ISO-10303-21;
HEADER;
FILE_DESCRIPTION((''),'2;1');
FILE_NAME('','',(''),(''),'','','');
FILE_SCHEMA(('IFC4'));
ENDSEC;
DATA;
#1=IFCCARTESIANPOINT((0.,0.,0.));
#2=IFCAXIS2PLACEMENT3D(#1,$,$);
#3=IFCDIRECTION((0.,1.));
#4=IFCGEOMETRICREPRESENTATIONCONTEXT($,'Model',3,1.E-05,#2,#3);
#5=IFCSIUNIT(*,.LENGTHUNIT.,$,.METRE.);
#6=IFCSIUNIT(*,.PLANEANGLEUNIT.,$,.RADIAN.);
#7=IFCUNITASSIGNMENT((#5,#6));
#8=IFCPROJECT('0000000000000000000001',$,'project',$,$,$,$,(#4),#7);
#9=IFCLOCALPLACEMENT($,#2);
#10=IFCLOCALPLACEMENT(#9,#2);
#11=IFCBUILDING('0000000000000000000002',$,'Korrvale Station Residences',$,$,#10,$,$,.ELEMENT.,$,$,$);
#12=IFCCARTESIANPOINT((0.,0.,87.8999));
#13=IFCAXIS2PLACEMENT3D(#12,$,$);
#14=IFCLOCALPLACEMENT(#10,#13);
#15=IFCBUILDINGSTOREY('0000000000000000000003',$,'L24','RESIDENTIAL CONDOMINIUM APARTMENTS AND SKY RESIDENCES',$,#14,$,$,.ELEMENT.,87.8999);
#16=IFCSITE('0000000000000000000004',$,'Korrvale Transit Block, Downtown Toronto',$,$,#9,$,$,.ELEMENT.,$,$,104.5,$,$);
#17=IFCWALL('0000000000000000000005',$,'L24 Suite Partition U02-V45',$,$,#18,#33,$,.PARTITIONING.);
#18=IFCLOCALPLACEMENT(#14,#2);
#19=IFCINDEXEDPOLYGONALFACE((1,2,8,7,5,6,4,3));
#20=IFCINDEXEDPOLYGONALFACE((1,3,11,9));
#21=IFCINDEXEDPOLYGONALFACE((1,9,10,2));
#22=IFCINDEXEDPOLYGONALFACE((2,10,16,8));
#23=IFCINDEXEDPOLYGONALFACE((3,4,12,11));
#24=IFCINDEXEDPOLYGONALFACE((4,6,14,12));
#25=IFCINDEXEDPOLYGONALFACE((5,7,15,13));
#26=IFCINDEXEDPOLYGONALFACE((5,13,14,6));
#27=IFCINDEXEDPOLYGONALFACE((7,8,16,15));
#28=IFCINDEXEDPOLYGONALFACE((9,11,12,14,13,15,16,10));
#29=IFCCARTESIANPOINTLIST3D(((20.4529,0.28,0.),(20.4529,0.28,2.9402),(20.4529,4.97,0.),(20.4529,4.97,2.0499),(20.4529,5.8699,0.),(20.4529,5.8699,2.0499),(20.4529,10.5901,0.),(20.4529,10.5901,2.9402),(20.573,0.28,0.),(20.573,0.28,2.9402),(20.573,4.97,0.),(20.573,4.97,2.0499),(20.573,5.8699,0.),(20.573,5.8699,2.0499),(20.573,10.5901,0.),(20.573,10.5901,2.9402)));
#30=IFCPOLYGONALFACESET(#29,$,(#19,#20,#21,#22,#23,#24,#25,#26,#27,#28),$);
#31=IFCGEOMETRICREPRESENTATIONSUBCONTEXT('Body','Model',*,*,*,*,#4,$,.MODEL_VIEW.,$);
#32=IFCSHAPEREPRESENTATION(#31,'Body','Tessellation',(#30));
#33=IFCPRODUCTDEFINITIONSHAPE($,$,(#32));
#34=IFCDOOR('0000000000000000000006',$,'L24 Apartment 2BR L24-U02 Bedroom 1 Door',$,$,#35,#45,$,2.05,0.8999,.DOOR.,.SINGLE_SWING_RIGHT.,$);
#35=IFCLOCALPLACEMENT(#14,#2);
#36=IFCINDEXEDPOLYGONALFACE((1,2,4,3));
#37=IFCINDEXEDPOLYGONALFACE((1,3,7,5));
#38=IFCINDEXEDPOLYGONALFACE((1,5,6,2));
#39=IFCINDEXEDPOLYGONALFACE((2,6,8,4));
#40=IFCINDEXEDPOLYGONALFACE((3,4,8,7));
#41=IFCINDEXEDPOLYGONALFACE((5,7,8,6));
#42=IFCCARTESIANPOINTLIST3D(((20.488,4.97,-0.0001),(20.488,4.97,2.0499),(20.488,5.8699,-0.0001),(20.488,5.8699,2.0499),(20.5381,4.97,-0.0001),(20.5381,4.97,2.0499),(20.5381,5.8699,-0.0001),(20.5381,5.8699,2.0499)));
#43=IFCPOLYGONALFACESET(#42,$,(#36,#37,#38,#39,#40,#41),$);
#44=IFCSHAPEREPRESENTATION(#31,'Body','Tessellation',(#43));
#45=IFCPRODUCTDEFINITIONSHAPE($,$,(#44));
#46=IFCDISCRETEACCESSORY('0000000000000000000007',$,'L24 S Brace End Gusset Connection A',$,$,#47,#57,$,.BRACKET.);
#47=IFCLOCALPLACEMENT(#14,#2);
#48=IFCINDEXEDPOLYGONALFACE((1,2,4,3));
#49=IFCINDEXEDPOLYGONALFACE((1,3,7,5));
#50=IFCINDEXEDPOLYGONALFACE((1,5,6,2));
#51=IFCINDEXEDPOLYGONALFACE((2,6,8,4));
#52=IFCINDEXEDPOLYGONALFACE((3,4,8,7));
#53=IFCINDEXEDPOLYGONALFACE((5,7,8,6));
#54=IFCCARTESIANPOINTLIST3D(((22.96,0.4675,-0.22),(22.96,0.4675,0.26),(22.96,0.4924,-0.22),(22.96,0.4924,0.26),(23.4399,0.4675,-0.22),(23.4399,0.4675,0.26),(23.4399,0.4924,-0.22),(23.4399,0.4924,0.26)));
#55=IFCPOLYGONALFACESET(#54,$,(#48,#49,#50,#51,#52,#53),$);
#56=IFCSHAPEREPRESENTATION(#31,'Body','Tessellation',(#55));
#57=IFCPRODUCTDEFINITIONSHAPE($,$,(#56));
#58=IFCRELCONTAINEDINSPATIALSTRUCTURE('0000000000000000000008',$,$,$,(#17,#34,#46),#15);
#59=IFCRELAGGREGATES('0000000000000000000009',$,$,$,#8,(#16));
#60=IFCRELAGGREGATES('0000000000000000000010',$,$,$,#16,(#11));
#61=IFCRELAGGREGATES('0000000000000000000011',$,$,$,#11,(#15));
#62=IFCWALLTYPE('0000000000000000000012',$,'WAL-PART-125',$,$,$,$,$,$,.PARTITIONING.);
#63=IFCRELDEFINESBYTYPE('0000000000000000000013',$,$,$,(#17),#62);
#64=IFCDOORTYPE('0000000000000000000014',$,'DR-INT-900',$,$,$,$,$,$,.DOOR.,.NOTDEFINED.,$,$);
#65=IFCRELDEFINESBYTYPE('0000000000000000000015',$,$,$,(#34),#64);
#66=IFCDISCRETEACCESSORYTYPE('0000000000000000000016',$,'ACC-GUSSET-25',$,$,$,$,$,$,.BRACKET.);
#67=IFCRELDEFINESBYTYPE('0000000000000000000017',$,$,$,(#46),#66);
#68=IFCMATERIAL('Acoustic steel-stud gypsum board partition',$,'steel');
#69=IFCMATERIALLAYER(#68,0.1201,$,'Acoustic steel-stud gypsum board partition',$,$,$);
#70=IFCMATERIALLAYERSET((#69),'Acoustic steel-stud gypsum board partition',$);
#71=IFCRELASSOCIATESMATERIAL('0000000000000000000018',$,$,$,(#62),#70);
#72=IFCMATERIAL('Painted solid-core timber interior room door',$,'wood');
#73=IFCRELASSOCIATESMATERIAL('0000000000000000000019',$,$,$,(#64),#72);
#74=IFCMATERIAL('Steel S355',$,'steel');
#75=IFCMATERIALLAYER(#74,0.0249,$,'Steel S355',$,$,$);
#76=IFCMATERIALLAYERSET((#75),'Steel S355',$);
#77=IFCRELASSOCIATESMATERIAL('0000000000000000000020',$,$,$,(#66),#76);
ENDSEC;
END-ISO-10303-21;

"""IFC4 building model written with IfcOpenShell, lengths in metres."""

from ifc_helpers import new_model, si_unit, direction, frame, frame_2d, origin, origin_2d, place, context, subcontext, project, spatial, rectangle, extrude, material, layer, layer_set, type_object, element, fill, save


model = new_model("IFC4")

# Units and contexts
model_context = context("Model", 3, precision=1e-05, world=origin(), true_north=direction((0.0, 1.0)))
body_context = subcontext(model_context, "Body", "Model", "MODEL_VIEW")
ifc_project = project(units=[si_unit("LENGTHUNIT", "METRE"), si_unit("PLANEANGLEUNIT", "RADIAN")], contexts=[model_context])

# Site, building, storey
site_placement = place(None, origin())
site = spatial("IfcSite", under=ifc_project, at=site_placement, Name="Korrvale Transit Block, Downtown Toronto", CompositionType="ELEMENT", RefElevation=104.5)
building_placement = place(site_placement, origin())
building = spatial("IfcBuilding", under=site, at=building_placement, Name="Korrvale Station Residences", CompositionType="ELEMENT")
storey_placement = place(building_placement, frame((0.0, 0.0, 87.8999)))
storey = spatial("IfcBuildingStorey", under=building, at=storey_placement, Name="L24", Description="RESIDENTIAL CONDOMINIUM APARTMENTS AND SKY RESIDENCES", CompositionType="ELEMENT", Elevation=87.8999)

# Shared definitions
ifc_material_1 = material(Name="Steel S355", Category="steel")

# Shared definitions
ifc_material_2 = material(Name="Acoustic steel-stud gypsum board partition", Category="steel")
ifc_layer_1 = layer(ifc_material_2, 0.1201, Name="Acoustic steel-stud gypsum board partition")
ifc_layer_set_1 = layer_set([ifc_layer_1], Name="Acoustic steel-stud gypsum board partition")
wall_type_1 = type_object("IfcWallType", Name="WAL-PART-125", PredefinedType="PARTITIONING", material=ifc_layer_set_1)
ifc_material_3 = material(Name="Painted solid-core timber interior room door", Category="wood")
door_type_1 = type_object("IfcDoorType", Name="DR-INT-900", OperationType="NOTDEFINED", PredefinedType="DOOR", material=ifc_material_3)

# Wall, opening, door
wall_1_placement = place(storey_placement, frame((20.5129, 0.28, 0.0), z_axis=(0.0, 0.0, 1.0), x_axis=(0.0, 1.0, 0.0)))
wall_1 = element("IfcWall", 1, at=wall_1_placement, inside=storey, type_object=wall_type_1, Name="L24 Suite Partition U02-V45", PredefinedType="PARTITIONING", context=body_context, shape_type="SweptSolid", body=[
    extrude(rectangle(XDim=10.3101, YDim=0.1201, at=frame_2d((5.155, 0.0))), origin(), (0.0, 0.0, 1.0), 2.9402),
])
opening_1_placement = place(wall_1_placement, frame((4.6899, 0.0, 0.0)))
opening_1 = element("IfcOpeningElement", 2, at=opening_1_placement, cuts=wall_1, PredefinedType="OPENING", context=body_context, shape_type="SweptSolid", body=[
    extrude(rectangle(XDim=0.8999, YDim=2.05, at=frame_2d((0.45, 1.0249))), frame((0.0, 0.0701, 0.0), z_axis=(0.0, -1.0, 0.0), x_axis=(1.0, 0.0, 0.0)), (0.0, 0.0, 1.0), 0.1401),
])
door_1_placement = place(opening_1_placement, origin())
door_1 = element("IfcDoor", 3, at=door_1_placement, inside=storey, type_object=door_type_1, Name="L24 Apartment 2BR L24-U02 Bedroom 1 Door", OperationType="SINGLE_SWING_RIGHT", OverallHeight=2.05, OverallWidth=0.8999, PredefinedType="DOOR", context=body_context, shape_type="SweptSolid", body=[
    extrude(rectangle(XDim=0.8999, YDim=2.05, at=frame_2d((0.45, 1.0249))), frame((0.0, 0.0249, 0.0), z_axis=(0.0, -1.0, 0.0), x_axis=(1.0, 0.0, 0.0)), (0.0, 0.0, 1.0), 0.05),
])
fill(opening_1, door_1)

# Discrete accessory
ifc_layer_2 = layer(ifc_material_1, 0.0249, Name="Steel S355")
ifc_layer_set_2 = layer_set([ifc_layer_2], Name="Steel S355")
discrete_accessory_type = type_object("IfcDiscreteAccessoryType", Name="ACC-GUSSET-25", PredefinedType="BRACKET", material=ifc_layer_set_2)
discrete_accessory_placement = place(storey_placement, frame((23.2, 0.48, -0.22), z_axis=(0.0, 0.0, 1.0), x_axis=(1.0, 0.0, 0.0)))
element("IfcDiscreteAccessory", 4, at=discrete_accessory_placement, inside=storey, type_object=discrete_accessory_type, Name="L24 S Brace End Gusset Connection A", PredefinedType="BRACKET", context=body_context, shape_type="SweptSolid", body=[
    extrude(rectangle(XDim=0.48, YDim=0.0249, at=origin_2d()), origin(), (0.0, 0.0, 1.0), 0.48),
])

save(model, "model.ifc")
